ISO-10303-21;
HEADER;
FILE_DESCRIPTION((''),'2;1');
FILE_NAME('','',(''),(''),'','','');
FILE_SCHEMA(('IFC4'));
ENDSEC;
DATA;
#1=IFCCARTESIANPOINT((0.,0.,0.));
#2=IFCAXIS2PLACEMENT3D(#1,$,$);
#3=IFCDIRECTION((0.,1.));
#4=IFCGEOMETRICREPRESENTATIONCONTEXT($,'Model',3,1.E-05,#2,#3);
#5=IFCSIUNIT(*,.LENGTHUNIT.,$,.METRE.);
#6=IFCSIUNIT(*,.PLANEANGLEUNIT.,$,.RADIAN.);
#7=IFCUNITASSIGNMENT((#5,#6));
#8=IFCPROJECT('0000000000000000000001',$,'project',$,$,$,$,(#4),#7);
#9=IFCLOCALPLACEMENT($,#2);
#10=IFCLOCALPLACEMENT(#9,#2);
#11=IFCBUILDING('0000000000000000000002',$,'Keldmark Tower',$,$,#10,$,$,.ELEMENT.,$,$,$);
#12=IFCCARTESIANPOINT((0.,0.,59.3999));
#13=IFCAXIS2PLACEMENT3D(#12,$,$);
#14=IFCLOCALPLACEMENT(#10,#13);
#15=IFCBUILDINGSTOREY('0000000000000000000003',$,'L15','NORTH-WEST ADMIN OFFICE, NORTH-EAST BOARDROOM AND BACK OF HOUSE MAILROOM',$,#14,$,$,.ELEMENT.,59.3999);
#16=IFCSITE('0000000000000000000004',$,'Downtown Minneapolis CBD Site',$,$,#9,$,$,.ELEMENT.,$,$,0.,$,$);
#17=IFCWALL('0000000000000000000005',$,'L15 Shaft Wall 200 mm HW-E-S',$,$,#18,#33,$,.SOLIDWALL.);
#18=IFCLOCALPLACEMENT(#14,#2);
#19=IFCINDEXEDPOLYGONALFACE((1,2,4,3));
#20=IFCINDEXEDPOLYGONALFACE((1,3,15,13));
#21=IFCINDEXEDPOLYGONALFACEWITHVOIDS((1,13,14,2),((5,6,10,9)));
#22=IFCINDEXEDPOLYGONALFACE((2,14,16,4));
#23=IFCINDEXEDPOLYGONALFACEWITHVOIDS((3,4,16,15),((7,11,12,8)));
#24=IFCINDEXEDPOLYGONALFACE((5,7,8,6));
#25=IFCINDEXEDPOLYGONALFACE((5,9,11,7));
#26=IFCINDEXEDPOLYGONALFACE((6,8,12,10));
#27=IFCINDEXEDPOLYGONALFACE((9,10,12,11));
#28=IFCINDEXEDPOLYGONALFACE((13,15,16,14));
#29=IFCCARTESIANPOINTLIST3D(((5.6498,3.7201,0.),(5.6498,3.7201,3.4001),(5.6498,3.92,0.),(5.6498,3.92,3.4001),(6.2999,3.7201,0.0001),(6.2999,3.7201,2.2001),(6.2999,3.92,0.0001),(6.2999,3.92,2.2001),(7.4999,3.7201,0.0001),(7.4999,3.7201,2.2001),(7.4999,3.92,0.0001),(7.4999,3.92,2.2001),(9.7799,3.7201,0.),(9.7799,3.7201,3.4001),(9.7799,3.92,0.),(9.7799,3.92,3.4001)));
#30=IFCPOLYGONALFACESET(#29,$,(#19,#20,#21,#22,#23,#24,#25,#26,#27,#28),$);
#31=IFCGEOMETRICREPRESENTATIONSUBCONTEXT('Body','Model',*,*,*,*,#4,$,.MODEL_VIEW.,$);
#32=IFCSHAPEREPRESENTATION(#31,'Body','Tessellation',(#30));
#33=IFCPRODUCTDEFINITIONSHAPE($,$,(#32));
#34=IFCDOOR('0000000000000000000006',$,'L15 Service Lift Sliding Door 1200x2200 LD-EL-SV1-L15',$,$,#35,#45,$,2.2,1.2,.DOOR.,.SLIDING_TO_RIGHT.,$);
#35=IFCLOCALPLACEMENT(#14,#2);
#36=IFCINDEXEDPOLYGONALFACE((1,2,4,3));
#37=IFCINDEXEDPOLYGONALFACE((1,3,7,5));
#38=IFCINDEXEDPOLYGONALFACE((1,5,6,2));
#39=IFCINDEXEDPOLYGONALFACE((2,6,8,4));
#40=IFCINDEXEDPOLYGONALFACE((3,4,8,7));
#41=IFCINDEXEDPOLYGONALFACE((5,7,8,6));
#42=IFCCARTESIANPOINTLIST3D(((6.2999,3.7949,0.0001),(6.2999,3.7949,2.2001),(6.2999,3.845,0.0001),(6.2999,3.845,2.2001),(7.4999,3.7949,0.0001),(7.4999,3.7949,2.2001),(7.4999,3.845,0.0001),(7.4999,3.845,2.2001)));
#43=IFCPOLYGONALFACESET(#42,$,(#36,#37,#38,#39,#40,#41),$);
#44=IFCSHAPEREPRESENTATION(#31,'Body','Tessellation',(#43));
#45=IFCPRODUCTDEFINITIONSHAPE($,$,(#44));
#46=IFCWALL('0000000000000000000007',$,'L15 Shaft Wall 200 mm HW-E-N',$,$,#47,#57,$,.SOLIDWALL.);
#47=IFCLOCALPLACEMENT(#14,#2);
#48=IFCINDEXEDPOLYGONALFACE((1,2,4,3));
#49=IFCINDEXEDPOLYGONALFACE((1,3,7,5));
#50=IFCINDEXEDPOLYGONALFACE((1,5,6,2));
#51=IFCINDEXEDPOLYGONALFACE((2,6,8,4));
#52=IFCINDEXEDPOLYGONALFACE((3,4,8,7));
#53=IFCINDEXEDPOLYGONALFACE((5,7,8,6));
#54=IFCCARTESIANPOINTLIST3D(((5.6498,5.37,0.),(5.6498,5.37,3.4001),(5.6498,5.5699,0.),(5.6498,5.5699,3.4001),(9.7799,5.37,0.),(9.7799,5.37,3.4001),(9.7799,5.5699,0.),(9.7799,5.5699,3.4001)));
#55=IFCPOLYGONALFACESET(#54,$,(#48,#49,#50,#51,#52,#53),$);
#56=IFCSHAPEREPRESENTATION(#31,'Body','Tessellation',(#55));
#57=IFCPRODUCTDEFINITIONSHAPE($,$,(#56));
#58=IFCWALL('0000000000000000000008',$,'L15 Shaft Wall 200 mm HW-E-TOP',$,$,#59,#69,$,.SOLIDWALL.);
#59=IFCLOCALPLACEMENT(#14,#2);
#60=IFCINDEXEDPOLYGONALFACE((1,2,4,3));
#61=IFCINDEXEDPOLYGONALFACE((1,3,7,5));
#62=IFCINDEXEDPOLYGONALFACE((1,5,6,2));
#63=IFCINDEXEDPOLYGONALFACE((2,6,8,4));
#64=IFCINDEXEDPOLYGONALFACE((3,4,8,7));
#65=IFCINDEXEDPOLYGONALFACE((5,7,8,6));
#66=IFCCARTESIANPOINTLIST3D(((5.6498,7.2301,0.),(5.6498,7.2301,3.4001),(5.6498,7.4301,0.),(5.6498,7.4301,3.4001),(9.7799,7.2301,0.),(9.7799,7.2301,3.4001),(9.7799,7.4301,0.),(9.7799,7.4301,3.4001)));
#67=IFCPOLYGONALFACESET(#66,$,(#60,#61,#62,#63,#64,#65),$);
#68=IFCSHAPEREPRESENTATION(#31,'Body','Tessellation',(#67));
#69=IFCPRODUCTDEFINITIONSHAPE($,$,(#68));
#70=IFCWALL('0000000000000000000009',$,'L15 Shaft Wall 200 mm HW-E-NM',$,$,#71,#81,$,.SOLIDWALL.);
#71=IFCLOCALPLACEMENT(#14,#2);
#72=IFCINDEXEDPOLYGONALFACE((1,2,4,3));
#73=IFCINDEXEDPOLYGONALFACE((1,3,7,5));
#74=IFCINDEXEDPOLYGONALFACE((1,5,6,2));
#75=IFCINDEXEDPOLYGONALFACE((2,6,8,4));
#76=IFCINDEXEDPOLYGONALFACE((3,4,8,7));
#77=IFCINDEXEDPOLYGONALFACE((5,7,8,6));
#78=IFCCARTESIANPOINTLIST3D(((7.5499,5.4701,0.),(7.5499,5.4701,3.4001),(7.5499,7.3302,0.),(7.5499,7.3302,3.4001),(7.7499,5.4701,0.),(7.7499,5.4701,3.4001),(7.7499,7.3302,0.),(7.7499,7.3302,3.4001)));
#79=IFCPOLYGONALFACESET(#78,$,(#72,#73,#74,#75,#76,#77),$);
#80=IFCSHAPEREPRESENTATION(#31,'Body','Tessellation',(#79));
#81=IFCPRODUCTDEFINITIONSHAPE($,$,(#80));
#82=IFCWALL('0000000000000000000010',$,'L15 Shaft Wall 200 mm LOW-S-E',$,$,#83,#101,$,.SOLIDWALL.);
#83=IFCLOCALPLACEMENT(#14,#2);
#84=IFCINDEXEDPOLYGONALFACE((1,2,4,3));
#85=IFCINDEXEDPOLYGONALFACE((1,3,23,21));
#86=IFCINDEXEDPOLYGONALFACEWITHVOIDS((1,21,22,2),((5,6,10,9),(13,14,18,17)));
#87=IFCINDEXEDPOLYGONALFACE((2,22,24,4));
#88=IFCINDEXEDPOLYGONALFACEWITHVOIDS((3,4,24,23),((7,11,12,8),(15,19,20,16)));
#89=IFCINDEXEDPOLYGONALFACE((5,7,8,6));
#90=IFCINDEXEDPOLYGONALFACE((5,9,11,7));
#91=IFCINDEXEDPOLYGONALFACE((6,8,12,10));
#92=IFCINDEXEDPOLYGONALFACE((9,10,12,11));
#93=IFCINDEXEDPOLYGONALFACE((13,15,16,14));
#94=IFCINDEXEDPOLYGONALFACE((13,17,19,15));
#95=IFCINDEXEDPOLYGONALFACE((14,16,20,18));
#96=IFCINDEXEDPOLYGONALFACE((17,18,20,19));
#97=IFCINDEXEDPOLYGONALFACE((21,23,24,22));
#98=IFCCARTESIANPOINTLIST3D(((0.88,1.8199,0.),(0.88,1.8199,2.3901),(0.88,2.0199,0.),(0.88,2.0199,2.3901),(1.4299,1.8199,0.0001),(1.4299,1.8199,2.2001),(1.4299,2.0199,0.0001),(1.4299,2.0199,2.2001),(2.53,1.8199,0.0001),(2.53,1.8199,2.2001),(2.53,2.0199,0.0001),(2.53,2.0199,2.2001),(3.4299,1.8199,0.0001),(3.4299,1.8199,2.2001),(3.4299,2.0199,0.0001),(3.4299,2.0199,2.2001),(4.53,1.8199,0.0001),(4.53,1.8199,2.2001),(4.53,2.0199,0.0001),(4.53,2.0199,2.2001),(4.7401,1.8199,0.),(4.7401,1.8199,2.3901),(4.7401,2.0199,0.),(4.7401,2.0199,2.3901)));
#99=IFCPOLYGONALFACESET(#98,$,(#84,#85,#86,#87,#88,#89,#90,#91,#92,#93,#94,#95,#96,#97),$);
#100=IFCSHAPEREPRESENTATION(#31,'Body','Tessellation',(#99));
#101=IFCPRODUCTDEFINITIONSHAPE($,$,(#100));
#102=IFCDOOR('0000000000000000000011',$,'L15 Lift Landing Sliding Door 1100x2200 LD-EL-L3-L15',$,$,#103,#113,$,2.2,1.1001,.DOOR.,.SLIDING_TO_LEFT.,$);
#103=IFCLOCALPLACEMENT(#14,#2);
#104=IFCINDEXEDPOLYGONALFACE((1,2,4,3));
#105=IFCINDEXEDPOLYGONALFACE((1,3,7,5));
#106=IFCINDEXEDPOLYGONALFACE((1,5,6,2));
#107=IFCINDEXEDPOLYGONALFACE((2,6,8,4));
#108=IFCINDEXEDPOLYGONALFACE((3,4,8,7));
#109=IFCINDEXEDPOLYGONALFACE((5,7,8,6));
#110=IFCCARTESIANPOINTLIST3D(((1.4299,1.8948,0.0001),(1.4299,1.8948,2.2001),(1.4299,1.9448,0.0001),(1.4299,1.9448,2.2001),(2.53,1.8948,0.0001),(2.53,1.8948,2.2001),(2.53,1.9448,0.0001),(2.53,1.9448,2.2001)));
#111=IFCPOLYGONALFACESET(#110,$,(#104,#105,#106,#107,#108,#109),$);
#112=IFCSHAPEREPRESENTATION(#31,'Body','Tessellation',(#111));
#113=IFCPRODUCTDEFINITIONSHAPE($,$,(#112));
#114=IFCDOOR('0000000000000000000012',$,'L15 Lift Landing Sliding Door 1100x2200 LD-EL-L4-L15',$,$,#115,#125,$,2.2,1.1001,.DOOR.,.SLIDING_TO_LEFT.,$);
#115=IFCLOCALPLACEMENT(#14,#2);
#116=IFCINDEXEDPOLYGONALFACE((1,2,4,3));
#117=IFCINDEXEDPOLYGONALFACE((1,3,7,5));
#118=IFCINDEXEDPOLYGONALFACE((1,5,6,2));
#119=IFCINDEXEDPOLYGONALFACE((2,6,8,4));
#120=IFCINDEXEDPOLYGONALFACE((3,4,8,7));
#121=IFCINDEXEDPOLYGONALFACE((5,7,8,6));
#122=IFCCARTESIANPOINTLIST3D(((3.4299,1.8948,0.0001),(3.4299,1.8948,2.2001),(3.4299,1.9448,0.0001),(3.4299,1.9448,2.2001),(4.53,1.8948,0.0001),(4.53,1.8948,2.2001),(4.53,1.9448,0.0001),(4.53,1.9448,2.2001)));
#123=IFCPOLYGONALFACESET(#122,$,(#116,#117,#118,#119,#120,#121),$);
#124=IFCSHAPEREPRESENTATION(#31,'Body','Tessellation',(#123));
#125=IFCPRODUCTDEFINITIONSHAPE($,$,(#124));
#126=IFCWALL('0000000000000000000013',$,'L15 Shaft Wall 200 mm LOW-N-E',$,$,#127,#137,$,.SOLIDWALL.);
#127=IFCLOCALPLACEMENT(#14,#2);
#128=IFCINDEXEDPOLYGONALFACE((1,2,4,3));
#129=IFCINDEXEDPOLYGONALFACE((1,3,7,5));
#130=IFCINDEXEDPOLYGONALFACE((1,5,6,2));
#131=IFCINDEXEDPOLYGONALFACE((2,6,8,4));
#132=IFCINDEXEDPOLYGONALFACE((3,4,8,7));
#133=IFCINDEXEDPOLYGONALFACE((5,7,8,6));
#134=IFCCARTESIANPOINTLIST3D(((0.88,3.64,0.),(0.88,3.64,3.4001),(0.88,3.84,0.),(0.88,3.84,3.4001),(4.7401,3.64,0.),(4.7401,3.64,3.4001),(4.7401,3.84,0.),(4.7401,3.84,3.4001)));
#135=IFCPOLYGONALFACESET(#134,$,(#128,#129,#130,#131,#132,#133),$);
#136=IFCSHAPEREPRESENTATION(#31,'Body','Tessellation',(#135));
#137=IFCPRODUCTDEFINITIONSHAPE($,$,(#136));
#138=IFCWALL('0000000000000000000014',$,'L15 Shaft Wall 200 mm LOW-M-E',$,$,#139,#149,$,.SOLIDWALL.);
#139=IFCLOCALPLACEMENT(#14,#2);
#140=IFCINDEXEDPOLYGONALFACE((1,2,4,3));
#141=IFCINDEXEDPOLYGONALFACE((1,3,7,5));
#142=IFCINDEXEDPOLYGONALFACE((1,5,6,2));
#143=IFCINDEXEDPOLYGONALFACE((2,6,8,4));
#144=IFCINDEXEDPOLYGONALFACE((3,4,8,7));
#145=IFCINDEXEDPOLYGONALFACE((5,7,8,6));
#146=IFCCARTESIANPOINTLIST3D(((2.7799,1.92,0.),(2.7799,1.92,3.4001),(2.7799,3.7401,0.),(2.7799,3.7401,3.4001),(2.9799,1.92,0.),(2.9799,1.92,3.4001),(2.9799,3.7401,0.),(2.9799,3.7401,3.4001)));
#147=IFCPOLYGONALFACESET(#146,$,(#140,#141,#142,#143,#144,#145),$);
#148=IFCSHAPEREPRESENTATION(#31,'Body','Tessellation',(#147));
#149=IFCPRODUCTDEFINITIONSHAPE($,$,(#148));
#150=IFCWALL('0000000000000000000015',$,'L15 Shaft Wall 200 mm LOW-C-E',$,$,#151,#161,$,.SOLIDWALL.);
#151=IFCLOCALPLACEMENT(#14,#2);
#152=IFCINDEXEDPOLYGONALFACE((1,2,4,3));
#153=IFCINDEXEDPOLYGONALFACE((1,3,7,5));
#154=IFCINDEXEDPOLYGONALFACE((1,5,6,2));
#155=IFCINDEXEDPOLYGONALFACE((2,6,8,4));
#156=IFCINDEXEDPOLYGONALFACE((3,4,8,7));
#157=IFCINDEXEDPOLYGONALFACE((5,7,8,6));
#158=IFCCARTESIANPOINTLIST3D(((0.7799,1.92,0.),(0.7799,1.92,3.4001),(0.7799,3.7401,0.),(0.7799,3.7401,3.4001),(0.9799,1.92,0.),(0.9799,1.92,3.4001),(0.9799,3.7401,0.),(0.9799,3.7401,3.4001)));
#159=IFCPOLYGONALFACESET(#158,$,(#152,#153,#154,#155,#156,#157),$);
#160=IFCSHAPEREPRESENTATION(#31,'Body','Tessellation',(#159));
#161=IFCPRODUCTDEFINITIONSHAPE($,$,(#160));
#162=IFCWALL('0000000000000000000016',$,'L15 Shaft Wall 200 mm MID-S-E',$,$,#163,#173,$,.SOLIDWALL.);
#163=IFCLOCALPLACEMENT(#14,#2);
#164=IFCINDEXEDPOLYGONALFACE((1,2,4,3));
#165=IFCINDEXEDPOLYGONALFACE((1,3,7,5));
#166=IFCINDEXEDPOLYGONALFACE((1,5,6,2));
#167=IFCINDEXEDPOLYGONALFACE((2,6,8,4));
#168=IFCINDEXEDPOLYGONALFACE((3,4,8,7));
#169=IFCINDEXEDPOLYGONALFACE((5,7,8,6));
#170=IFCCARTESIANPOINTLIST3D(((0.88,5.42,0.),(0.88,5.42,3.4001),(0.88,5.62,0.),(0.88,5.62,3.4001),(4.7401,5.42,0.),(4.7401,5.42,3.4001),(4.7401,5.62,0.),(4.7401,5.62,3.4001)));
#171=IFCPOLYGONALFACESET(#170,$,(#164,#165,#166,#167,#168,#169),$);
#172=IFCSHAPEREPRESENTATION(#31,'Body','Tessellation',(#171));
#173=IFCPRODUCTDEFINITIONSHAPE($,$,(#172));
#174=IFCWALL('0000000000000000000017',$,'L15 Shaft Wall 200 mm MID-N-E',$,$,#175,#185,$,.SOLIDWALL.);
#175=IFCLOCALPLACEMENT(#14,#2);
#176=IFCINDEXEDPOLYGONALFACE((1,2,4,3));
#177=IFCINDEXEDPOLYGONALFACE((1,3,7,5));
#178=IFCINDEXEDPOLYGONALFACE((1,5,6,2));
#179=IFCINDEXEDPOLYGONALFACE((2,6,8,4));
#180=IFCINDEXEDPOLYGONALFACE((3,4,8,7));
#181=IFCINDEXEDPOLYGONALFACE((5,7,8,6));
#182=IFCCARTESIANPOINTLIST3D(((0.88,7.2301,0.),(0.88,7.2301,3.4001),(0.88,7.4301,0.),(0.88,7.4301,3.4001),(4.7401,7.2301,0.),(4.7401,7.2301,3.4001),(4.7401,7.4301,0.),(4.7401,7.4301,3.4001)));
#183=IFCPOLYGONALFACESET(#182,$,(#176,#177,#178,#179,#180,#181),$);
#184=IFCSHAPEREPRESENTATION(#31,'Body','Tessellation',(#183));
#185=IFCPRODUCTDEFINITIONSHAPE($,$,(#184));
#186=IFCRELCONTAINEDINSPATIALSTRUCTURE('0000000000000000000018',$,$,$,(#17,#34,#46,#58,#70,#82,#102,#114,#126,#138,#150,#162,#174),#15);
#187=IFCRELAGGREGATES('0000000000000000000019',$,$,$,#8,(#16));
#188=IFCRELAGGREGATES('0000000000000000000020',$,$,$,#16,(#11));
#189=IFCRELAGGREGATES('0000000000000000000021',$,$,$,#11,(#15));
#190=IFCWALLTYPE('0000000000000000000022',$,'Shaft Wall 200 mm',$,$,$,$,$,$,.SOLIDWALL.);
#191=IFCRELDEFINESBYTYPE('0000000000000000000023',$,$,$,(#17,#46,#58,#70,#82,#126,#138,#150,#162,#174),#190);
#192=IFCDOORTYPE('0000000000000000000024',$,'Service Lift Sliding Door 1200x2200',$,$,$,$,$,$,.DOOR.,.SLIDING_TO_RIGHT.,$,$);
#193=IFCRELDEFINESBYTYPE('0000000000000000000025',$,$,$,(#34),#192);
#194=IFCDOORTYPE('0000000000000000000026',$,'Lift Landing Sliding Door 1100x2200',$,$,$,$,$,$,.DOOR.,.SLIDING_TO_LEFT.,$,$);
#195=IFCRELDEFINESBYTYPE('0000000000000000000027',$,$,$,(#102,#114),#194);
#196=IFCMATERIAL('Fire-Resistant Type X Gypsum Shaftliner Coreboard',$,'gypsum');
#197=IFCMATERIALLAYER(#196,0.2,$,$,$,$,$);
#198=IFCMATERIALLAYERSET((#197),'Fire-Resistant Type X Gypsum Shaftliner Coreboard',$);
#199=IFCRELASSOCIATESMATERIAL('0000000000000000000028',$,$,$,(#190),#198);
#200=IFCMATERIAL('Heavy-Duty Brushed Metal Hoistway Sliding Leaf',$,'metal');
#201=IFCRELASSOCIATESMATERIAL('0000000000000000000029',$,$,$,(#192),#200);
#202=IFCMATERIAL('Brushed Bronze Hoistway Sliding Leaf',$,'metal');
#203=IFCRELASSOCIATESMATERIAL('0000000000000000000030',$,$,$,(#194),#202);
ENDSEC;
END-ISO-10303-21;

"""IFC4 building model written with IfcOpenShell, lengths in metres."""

from ifc_helpers import new_model, si_unit, direction, frame, frame_2d, origin, place, context, subcontext, project, spatial, rectangle, extrude, material, layer, layer_set, type_object, element, fill, save


model = new_model("IFC4")

# Units and contexts
model_context = context("Model", 3, precision=1e-05, world=origin(), true_north=direction((0.0, 1.0)))
body_context = subcontext(model_context, "Body", "Model", "MODEL_VIEW")
ifc_project = project(units=[si_unit("LENGTHUNIT", "METRE"), si_unit("PLANEANGLEUNIT", "RADIAN")], contexts=[model_context])

# Site, building, storey
site_placement = place(None, origin())
site = spatial("IfcSite", under=ifc_project, at=site_placement, Name="Downtown Minneapolis CBD Site", CompositionType="ELEMENT", RefElevation=0.0)
building_placement = place(site_placement, origin())
building = spatial("IfcBuilding", under=site, at=building_placement, Name="Keldmark Tower", CompositionType="ELEMENT")
storey_placement = place(building_placement, frame((0.0, 0.0, 59.3999)))
storey = spatial("IfcBuildingStorey", under=building, at=storey_placement, Name="L15", Description="NORTH-WEST ADMIN OFFICE, NORTH-EAST BOARDROOM AND BACK OF HOUSE MAILROOM", CompositionType="ELEMENT", Elevation=59.3999)

# Wall, opening, door
ifc_material_1 = material(Name="Fire-Resistant Type X Gypsum Shaftliner Coreboard", Category="gypsum")
ifc_layer_1 = layer(ifc_material_1, 0.2)
ifc_layer_set_1 = layer_set([ifc_layer_1], Name="Fire-Resistant Type X Gypsum Shaftliner Coreboard")
wall_type_1 = type_object("IfcWallType", Name="Shaft Wall 200 mm", PredefinedType="SOLIDWALL", material=ifc_layer_set_1)
wall_1_placement = place(storey_placement, frame((5.6499, 3.8201, 0.0), z_axis=(0.0, 0.0, 1.0), x_axis=(1.0, 0.0, 0.0)))
wall_1 = element("IfcWall", 1, at=wall_1_placement, inside=storey, type_object=wall_type_1, Name="L15 Shaft Wall 200 mm HW-E-S", PredefinedType="SOLIDWALL", context=body_context, shape_type="SweptSolid", body=[
    extrude(rectangle(XDim=4.1301, YDim=0.2, at=frame_2d((2.0649, 0.0))), origin(), (0.0, 0.0, 1.0), 3.4001),
])
opening_1_placement = place(wall_1_placement, frame((0.6499, 0.0, 0.0)))
opening_1 = element("IfcOpeningElement", 2, at=opening_1_placement, cuts=wall_1, PredefinedType="OPENING", context=body_context, shape_type="SweptSolid", body=[
    extrude(rectangle(XDim=1.2, YDim=2.2, at=frame_2d((0.6001, 1.1001))), frame((0.0, 0.1099, 0.0), z_axis=(0.0, -1.0, 0.0), x_axis=(1.0, 0.0, 0.0)), (0.0, 0.0, 1.0), 0.22),
])
ifc_material_2 = material(Name="Heavy-Duty Brushed Metal Hoistway Sliding Leaf", Category="metal")
door_type_1 = type_object("IfcDoorType", Name="Service Lift Sliding Door 1200x2200", OperationType="SLIDING_TO_RIGHT", PredefinedType="DOOR", material=ifc_material_2)
door_1_placement = place(opening_1_placement, origin())
door_1 = element("IfcDoor", 3, at=door_1_placement, inside=storey, type_object=door_type_1, Name="L15 Service Lift Sliding Door 1200x2200 LD-EL-SV1-L15", OperationType="SLIDING_TO_RIGHT", OverallHeight=2.2, OverallWidth=1.2, PredefinedType="DOOR", context=body_context, shape_type="SweptSolid", body=[
    extrude(rectangle(XDim=1.2, YDim=2.2, at=frame_2d((0.6001, 1.1001))), frame((0.0, 0.0249, 0.0), z_axis=(0.0, -1.0, 0.0), x_axis=(1.0, 0.0, 0.0)), (0.0, 0.0, 1.0), 0.05),
])
fill(opening_1, door_1)

# Walls
for number, where, z_axis, x_axis, name in (
    (4, (5.6499, 5.47, 0.0), (0.0, 0.0, 1.0), (1.0, 0.0, 0.0), "L15 Shaft Wall 200 mm HW-E-N"),
    (5, (5.6499, 7.3301, 0.0), (0.0, 0.0, 1.0), (1.0, 0.0, 0.0), "L15 Shaft Wall 200 mm HW-E-TOP"),
):
    element("IfcWall", number, at=place(storey_placement, frame(where, z_axis=z_axis, x_axis=x_axis)), inside=storey, type_object=wall_type_1, Name=name, PredefinedType="SOLIDWALL", context=body_context, shape_type="SweptSolid", body=[
        extrude(rectangle(XDim=4.1301, YDim=0.2, at=frame_2d((2.0649, 0.0))), origin(), (0.0, 0.0, 1.0), 3.4001),
    ])
wall_2_placement = place(storey_placement, frame((7.6499, 5.47, 0.0), z_axis=(0.0, 0.0, 1.0), x_axis=(0.0, 1.0, 0.0)))
element("IfcWall", 6, at=wall_2_placement, inside=storey, type_object=wall_type_1, Name="L15 Shaft Wall 200 mm HW-E-NM", PredefinedType="SOLIDWALL", context=body_context, shape_type="SweptSolid", body=[
    extrude(rectangle(XDim=1.8601, YDim=0.2, at=frame_2d((0.9302, 0.0))), origin(), (0.0, 0.0, 1.0), 3.4001),
])

# Wall, openings, doors
wall_3_placement = place(storey_placement, frame((0.8799, 1.9199, 0.0), z_axis=(0.0, 0.0, 1.0), x_axis=(1.0, 0.0, 0.0)))
wall_3 = element("IfcWall", 7, at=wall_3_placement, inside=storey, type_object=wall_type_1, Name="L15 Shaft Wall 200 mm LOW-S-E", PredefinedType="SOLIDWALL", context=body_context, shape_type="SweptSolid", body=[
    extrude(rectangle(XDim=3.8601, YDim=0.2, at=frame_2d((1.9302, 0.0))), origin(), (0.0, 0.0, 1.0), 2.3901),
])
opening_2_placement = place(wall_3_placement, frame((0.55, 0.0, 0.0)))
opening_2 = element("IfcOpeningElement", 8, at=opening_2_placement, cuts=wall_3, PredefinedType="OPENING", context=body_context, shape_type="SweptSolid", body=[
    extrude(rectangle(XDim=1.1001, YDim=2.2, at=frame_2d((0.55, 1.1001))), frame((0.0, 0.1099, 0.0), z_axis=(0.0, -1.0, 0.0), x_axis=(1.0, 0.0, 0.0)), (0.0, 0.0, 1.0), 0.22),
])
opening_3_placement = place(wall_3_placement, frame((2.55, 0.0, 0.0)))
opening_3 = element("IfcOpeningElement", 9, at=opening_3_placement, cuts=wall_3, PredefinedType="OPENING", context=body_context, shape_type="SweptSolid", body=[
    extrude(rectangle(XDim=1.1001, YDim=2.2, at=frame_2d((0.55, 1.1001))), frame((0.0, 0.1099, 0.0), z_axis=(0.0, -1.0, 0.0), x_axis=(1.0, 0.0, 0.0)), (0.0, 0.0, 1.0), 0.22),
])
ifc_material_3 = material(Name="Brushed Bronze Hoistway Sliding Leaf", Category="metal")
door_type_2 = type_object("IfcDoorType", Name="Lift Landing Sliding Door 1100x2200", OperationType="SLIDING_TO_LEFT", PredefinedType="DOOR", material=ifc_material_3)
door_2_placement = place(opening_2_placement, origin())
door_2 = element("IfcDoor", 10, at=door_2_placement, inside=storey, type_object=door_type_2, Name="L15 Lift Landing Sliding Door 1100x2200 LD-EL-L3-L15", OperationType="SLIDING_TO_LEFT", OverallHeight=2.2, OverallWidth=1.1001, PredefinedType="DOOR", context=body_context, shape_type="SweptSolid", body=[
    extrude(rectangle(XDim=1.1001, YDim=2.2, at=frame_2d((0.55, 1.1001))), frame((0.0, 0.0249, 0.0), z_axis=(0.0, -1.0, 0.0), x_axis=(1.0, 0.0, 0.0)), (0.0, 0.0, 1.0), 0.05),
])
fill(opening_2, door_2)
door_3_placement = place(opening_3_placement, origin())
door_3 = element("IfcDoor", 11, at=door_3_placement, inside=storey, type_object=door_type_2, Name="L15 Lift Landing Sliding Door 1100x2200 LD-EL-L4-L15", OperationType="SLIDING_TO_LEFT", OverallHeight=2.2, OverallWidth=1.1001, PredefinedType="DOOR", context=body_context, shape_type="SweptSolid", body=[
    extrude(rectangle(XDim=1.1001, YDim=2.2, at=frame_2d((0.55, 1.1001))), frame((0.0, 0.0249, 0.0), z_axis=(0.0, -1.0, 0.0), x_axis=(1.0, 0.0, 0.0)), (0.0, 0.0, 1.0), 0.05),
])
fill(opening_3, door_3)

# Walls
wall_4_placement = place(storey_placement, frame((0.8799, 3.74, 0.0), z_axis=(0.0, 0.0, 1.0), x_axis=(1.0, 0.0, 0.0)))
element("IfcWall", 12, at=wall_4_placement, inside=storey, type_object=wall_type_1, Name="L15 Shaft Wall 200 mm LOW-N-E", PredefinedType="SOLIDWALL", context=body_context, shape_type="SweptSolid", body=[
    extrude(rectangle(XDim=3.8601, YDim=0.2, at=frame_2d((1.9302, 0.0))), origin(), (0.0, 0.0, 1.0), 3.4001),
])
for number, where, z_axis, x_axis, name in (
    (13, (2.8799, 1.9199, 0.0), (0.0, 0.0, 1.0), (0.0, 1.0, 0.0), "L15 Shaft Wall 200 mm LOW-M-E"),
    (14, (0.8799, 1.9199, 0.0), (0.0, 0.0, 1.0), (0.0, 1.0, 0.0), "L15 Shaft Wall 200 mm LOW-C-E"),
):
    element("IfcWall", number, at=place(storey_placement, frame(where, z_axis=z_axis, x_axis=x_axis)), inside=storey, type_object=wall_type_1, Name=name, PredefinedType="SOLIDWALL", context=body_context, shape_type="SweptSolid", body=[
        extrude(rectangle(XDim=1.8201, YDim=0.2, at=frame_2d((0.9102, 0.0))), origin(), (0.0, 0.0, 1.0), 3.4001),
    ])
for number, where, z_axis, x_axis, name in (
    (15, (0.8799, 5.52, 0.0), (0.0, 0.0, 1.0), (1.0, 0.0, 0.0), "L15 Shaft Wall 200 mm MID-S-E"),
    (16, (0.8799, 7.3301, 0.0), (0.0, 0.0, 1.0), (1.0, 0.0, 0.0), "L15 Shaft Wall 200 mm MID-N-E"),
):
    element("IfcWall", number, at=place(storey_placement, frame(where, z_axis=z_axis, x_axis=x_axis)), inside=storey, type_object=wall_type_1, Name=name, PredefinedType="SOLIDWALL", context=body_context, shape_type="SweptSolid", body=[
        extrude(rectangle(XDim=3.8601, YDim=0.2, at=frame_2d((1.9302, 0.0))), origin(), (0.0, 0.0, 1.0), 3.4001),
    ])

save(model, "model.ifc")
